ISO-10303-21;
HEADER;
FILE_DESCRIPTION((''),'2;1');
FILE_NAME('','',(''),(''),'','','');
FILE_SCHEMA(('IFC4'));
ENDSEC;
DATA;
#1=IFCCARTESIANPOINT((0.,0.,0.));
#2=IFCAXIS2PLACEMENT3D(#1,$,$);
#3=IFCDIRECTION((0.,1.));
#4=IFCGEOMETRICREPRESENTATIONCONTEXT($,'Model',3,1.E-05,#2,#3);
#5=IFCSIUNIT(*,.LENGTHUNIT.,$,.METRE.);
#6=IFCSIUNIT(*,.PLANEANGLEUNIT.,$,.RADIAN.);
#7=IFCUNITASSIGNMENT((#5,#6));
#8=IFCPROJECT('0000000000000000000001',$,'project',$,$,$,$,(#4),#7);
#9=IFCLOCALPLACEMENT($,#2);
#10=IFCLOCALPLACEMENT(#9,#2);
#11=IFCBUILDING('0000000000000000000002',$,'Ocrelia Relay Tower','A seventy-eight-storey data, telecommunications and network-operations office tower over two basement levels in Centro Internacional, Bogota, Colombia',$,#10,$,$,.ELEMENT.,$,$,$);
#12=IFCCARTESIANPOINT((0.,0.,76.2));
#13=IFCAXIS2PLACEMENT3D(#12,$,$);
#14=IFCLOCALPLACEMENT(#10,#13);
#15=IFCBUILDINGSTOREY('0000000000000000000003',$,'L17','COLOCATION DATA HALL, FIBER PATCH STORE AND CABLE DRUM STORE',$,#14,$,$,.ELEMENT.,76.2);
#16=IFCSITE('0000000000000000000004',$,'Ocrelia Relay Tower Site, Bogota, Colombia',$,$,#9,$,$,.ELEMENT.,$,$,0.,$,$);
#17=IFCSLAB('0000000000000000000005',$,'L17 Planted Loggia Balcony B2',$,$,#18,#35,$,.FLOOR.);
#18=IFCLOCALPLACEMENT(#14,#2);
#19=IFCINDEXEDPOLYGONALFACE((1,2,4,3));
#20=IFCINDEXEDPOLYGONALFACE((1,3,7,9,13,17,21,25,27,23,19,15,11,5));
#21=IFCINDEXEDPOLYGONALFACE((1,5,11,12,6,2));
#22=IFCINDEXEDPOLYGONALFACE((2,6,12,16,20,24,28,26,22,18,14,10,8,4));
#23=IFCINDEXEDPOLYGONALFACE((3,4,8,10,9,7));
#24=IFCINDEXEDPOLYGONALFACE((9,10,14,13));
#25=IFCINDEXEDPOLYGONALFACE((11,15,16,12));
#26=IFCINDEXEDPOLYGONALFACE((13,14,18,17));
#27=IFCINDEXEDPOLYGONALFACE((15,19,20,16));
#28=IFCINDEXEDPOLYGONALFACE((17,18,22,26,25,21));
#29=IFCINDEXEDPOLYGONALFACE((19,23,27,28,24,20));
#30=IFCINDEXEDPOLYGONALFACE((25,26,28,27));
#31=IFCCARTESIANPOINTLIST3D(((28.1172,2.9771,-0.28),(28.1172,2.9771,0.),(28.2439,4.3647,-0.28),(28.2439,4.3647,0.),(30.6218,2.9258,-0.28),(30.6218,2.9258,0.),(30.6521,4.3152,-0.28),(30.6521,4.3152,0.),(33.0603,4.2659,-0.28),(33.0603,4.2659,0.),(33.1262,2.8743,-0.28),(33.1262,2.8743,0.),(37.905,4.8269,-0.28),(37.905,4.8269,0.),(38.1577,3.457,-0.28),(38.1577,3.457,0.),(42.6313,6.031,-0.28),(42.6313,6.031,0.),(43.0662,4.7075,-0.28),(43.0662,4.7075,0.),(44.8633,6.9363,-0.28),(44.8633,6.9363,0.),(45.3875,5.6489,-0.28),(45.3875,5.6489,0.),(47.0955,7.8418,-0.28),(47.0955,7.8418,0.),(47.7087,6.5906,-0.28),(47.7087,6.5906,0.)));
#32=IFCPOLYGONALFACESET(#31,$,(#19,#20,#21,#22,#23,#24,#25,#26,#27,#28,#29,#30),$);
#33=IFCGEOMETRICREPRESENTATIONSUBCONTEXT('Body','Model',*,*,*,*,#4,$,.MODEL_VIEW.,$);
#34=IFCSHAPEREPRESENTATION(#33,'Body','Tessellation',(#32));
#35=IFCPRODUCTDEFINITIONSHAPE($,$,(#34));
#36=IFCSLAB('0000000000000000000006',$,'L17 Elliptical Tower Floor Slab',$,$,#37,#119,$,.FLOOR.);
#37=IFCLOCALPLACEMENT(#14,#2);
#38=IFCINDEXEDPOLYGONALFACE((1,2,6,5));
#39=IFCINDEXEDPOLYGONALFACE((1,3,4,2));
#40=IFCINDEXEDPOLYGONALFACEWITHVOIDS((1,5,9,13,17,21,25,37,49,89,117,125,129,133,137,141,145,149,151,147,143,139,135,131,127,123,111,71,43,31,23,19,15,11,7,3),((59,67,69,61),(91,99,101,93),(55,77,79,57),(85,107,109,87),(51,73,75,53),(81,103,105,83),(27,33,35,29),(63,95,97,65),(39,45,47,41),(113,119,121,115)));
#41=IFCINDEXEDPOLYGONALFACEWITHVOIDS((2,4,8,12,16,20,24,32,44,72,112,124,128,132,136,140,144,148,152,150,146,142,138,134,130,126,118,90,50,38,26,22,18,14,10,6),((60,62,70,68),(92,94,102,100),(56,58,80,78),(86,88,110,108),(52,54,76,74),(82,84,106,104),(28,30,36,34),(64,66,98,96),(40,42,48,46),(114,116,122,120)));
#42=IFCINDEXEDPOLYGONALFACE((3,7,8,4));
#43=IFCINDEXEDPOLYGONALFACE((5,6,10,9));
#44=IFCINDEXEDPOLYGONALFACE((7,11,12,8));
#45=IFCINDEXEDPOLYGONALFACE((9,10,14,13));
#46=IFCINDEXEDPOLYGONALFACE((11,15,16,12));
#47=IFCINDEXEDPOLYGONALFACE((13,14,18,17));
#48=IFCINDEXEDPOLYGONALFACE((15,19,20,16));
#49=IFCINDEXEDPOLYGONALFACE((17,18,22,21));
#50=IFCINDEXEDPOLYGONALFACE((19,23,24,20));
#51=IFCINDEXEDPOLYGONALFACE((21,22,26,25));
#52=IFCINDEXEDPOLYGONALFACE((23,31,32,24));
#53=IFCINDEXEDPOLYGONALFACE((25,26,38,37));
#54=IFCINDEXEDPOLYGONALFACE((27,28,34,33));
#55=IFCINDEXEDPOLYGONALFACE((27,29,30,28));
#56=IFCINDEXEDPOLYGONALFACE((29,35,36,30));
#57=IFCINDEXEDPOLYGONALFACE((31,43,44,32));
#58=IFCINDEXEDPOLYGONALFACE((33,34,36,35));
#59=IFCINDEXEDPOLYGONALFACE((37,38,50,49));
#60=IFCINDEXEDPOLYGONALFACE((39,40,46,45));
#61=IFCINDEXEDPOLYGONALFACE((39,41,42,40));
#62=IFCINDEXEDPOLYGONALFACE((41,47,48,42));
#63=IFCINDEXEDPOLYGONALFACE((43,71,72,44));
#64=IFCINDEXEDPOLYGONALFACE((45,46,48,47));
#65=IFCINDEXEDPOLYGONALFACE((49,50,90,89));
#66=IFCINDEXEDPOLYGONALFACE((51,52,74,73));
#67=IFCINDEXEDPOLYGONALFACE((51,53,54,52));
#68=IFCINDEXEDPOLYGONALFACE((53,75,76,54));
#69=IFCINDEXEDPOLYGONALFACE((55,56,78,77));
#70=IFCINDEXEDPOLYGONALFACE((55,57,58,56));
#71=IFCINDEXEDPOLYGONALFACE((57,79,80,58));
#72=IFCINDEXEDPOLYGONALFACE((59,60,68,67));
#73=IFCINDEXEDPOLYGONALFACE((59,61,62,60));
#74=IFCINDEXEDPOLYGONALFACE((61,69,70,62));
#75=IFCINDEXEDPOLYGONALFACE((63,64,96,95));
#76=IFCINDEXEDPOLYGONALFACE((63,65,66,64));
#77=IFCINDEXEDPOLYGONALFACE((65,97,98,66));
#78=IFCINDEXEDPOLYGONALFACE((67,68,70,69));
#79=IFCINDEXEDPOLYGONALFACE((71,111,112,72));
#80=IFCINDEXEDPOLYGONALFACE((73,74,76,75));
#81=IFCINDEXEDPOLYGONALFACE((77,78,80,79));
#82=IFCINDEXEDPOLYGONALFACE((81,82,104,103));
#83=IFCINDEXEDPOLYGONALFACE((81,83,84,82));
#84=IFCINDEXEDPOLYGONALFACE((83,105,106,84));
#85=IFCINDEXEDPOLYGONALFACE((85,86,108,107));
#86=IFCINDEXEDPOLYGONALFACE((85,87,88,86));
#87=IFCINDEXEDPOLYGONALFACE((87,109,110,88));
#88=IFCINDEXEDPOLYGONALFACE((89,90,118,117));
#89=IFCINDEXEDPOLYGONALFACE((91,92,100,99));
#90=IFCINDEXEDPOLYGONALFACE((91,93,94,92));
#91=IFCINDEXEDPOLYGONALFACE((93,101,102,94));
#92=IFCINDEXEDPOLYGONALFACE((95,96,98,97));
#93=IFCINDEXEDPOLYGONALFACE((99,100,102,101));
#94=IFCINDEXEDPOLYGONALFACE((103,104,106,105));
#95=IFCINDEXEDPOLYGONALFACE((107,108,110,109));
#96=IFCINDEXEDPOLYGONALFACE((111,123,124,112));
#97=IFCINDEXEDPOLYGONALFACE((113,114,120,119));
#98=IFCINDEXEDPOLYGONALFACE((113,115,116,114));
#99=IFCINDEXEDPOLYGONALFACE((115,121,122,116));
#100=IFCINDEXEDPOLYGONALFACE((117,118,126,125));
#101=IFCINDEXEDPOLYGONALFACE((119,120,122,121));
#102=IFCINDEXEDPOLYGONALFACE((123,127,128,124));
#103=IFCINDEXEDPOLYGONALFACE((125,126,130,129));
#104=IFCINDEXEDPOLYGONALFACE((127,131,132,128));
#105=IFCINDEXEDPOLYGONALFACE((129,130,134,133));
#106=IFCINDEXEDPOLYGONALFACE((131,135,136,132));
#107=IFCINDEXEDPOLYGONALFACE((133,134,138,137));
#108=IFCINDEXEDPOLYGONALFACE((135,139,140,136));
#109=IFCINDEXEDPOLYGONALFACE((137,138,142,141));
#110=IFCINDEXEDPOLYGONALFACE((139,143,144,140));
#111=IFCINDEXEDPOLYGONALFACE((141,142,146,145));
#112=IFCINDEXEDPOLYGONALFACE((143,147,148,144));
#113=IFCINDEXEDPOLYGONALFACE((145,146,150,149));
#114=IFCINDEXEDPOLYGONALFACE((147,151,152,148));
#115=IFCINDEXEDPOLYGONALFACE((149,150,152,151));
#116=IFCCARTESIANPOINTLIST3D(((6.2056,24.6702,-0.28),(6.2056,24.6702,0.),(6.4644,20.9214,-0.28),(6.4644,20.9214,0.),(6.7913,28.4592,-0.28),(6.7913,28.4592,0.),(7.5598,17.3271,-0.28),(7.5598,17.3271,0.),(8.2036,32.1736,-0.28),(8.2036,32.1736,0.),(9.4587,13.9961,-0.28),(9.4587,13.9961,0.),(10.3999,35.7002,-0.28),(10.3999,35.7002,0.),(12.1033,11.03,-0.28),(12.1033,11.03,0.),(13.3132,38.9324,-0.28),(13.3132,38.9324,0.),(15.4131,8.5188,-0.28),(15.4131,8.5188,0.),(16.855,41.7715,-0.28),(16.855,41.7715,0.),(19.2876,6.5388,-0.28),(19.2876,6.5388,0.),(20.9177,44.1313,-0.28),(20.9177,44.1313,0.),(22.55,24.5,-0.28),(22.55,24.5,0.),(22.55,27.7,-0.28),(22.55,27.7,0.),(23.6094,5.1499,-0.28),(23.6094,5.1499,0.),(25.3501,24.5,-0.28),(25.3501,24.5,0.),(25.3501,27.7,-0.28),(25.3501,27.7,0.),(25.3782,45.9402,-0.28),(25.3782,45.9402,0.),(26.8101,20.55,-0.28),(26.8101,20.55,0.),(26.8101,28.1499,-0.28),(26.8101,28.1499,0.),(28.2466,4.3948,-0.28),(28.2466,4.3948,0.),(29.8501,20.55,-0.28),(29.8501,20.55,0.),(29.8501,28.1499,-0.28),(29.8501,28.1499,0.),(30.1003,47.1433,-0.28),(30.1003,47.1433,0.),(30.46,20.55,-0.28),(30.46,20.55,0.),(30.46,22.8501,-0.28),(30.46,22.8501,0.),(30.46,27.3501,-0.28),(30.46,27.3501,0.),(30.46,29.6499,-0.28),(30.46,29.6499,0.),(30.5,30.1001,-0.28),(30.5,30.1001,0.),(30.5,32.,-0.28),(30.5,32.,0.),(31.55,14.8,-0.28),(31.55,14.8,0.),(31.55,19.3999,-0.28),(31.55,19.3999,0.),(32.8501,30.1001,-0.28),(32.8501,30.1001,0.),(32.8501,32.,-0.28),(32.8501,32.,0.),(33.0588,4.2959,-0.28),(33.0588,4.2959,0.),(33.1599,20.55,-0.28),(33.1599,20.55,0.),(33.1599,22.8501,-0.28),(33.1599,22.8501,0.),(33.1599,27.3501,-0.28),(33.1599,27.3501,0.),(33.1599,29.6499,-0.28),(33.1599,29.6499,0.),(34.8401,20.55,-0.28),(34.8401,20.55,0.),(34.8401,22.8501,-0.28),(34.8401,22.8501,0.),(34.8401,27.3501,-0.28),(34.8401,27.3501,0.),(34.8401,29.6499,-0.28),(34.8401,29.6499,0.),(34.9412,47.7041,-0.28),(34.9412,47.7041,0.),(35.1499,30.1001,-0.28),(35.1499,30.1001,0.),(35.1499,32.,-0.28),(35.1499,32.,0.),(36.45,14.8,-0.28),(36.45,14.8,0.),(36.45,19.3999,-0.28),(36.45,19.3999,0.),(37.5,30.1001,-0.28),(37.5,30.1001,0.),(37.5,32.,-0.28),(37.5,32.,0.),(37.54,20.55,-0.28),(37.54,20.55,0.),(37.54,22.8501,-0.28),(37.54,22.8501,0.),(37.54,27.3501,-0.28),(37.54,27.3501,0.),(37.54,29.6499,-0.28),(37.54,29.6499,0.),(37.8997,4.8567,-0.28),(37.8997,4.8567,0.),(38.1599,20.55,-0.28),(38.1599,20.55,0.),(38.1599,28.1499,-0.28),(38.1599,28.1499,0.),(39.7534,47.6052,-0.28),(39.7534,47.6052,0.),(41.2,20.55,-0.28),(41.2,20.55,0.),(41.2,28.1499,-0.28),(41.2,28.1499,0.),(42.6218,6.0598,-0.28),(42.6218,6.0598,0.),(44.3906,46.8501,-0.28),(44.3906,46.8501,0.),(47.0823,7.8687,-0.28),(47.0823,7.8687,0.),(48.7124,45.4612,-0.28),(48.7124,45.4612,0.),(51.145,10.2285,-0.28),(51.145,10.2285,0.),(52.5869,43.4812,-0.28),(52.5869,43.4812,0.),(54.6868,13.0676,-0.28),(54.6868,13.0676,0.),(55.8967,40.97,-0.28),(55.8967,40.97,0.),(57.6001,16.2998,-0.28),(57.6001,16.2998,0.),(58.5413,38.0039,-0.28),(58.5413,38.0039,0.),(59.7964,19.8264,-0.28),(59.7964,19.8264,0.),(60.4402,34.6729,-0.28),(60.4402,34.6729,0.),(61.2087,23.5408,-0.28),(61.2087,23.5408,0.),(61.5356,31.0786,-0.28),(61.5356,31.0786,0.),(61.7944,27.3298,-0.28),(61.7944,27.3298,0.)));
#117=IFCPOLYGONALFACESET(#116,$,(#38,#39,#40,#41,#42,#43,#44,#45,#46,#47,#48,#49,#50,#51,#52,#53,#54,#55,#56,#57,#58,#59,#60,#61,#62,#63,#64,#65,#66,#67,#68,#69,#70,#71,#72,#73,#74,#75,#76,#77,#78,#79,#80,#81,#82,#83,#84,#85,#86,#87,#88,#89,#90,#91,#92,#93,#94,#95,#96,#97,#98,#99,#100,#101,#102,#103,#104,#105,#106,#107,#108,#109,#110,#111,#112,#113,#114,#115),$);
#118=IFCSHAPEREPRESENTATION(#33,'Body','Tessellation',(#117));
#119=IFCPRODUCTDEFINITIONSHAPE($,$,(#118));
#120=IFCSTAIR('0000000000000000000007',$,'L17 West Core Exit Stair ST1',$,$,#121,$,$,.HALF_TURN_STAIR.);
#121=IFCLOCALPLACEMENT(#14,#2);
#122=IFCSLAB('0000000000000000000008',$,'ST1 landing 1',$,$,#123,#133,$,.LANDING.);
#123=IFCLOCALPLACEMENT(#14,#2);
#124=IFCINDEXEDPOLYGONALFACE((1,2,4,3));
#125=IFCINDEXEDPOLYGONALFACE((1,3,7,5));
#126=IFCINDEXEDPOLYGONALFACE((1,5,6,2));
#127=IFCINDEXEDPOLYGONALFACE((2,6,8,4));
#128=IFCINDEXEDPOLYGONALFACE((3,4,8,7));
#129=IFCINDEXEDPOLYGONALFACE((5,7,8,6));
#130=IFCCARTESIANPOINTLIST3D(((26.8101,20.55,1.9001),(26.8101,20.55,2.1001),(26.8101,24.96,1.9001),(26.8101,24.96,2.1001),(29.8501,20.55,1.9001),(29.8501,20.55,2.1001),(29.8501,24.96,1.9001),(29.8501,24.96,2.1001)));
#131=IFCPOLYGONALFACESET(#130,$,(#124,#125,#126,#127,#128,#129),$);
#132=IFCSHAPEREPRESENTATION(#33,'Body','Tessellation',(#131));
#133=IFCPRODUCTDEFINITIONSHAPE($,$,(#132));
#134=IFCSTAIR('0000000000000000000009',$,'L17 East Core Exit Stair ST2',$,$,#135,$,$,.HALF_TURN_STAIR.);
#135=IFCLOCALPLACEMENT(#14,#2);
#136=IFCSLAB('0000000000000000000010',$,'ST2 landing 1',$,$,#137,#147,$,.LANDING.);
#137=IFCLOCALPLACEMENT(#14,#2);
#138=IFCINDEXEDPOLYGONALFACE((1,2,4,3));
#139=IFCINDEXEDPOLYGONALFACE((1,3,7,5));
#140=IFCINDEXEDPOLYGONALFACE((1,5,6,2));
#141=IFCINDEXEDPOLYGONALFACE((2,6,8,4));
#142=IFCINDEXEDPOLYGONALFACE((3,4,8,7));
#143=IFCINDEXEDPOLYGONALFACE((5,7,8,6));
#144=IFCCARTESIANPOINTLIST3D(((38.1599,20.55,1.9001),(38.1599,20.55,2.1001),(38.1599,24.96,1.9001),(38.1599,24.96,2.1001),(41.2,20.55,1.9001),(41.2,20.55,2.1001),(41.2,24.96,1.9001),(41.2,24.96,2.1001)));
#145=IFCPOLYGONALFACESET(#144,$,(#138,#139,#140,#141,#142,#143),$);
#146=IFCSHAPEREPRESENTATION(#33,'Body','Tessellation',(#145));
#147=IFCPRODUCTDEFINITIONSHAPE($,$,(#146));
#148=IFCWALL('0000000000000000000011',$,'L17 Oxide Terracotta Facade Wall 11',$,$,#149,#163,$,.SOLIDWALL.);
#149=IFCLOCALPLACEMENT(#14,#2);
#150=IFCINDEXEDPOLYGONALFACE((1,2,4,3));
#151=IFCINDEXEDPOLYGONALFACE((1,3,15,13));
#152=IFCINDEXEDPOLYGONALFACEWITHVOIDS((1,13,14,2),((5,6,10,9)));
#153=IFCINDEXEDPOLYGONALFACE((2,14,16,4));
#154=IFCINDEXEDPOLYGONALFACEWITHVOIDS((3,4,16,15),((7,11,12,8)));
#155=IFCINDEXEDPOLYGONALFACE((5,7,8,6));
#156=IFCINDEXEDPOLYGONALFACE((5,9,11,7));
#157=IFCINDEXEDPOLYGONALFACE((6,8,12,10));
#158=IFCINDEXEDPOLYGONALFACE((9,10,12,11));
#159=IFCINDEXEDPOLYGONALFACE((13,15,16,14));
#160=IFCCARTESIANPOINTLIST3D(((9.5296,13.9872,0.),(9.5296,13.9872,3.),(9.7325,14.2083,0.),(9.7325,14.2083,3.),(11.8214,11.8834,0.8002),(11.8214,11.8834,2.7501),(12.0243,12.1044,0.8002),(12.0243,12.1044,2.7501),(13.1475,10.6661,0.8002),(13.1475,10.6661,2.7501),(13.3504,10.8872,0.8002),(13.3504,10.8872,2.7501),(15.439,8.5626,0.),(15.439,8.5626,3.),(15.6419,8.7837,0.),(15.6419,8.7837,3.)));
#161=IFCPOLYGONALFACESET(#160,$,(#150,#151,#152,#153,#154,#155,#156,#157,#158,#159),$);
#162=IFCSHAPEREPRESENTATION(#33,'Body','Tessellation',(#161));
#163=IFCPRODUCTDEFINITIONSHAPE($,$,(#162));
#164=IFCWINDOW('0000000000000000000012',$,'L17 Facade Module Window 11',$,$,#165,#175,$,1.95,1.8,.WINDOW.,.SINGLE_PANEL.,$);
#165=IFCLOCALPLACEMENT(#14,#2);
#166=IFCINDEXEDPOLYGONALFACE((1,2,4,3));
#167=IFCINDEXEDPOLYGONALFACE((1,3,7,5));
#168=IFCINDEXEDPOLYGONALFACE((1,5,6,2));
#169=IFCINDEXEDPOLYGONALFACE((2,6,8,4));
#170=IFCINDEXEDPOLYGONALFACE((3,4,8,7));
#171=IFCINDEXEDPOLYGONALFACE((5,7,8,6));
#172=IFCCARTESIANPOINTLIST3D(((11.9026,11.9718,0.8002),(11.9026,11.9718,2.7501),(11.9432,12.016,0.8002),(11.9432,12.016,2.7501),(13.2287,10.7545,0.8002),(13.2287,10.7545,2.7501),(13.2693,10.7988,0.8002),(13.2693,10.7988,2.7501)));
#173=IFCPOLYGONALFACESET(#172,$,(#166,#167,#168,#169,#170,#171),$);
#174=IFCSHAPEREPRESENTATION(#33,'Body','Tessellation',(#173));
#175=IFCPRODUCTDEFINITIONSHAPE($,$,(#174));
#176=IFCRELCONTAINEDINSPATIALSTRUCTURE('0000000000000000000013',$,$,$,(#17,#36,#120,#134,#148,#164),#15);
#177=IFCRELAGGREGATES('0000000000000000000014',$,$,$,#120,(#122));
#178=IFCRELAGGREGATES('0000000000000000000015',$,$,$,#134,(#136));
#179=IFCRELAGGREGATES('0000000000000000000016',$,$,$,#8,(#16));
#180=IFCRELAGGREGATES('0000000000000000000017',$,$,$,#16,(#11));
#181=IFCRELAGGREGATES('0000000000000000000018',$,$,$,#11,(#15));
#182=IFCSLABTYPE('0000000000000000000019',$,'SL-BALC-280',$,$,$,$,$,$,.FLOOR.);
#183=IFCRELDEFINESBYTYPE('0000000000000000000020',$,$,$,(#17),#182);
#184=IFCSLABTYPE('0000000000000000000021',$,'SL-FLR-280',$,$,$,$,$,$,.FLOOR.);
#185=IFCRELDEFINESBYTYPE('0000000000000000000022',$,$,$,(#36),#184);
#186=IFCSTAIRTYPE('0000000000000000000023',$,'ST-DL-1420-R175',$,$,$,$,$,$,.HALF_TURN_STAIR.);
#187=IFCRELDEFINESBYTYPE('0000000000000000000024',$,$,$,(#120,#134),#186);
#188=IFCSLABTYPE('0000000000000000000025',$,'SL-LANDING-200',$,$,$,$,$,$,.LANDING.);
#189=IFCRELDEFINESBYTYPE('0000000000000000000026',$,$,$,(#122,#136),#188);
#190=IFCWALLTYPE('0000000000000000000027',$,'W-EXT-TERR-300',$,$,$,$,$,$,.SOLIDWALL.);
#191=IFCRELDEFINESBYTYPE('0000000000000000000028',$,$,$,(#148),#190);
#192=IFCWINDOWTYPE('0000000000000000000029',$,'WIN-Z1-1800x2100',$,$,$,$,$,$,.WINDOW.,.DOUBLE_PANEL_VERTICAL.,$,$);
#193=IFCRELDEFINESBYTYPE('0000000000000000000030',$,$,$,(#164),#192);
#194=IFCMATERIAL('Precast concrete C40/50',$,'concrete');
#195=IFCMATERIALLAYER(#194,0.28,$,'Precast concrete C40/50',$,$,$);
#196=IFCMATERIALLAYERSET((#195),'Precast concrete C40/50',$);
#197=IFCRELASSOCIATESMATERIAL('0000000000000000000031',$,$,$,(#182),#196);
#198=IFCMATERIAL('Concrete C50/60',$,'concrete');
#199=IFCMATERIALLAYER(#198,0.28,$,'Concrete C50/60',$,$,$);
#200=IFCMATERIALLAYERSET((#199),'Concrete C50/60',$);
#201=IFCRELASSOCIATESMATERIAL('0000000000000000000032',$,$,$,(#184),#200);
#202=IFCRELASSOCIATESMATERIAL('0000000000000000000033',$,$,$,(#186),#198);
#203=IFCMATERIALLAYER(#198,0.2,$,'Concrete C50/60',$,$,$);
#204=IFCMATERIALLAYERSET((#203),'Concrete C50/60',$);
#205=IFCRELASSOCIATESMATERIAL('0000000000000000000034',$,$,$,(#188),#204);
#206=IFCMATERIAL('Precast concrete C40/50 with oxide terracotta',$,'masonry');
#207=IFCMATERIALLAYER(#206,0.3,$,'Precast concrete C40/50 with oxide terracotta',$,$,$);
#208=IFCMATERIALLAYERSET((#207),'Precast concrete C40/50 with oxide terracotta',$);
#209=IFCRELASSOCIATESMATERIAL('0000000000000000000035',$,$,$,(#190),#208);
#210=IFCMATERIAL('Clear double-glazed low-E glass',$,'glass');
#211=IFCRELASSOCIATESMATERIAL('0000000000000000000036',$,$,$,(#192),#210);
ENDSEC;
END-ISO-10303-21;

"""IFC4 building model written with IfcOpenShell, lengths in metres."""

from ifc_helpers import new_model, si_unit, direction, frame, frame_2d, origin, place, context, subcontext, project, spatial, polyline, rectangle, outline, extrude, material, layer, layer_set, type_object, element, fill, aggregate, save


model = new_model("IFC4")

# Units and contexts
model_context = context("Model", 3, precision=1e-05, world=origin(), true_north=direction((0.0, 1.0)))
body_context = subcontext(model_context, "Body", "Model", "MODEL_VIEW")
ifc_project = project(units=[si_unit("LENGTHUNIT", "METRE"), si_unit("PLANEANGLEUNIT", "RADIAN")], contexts=[model_context])

# Site, building, storey
site_placement = place(None, origin())
site = spatial("IfcSite", under=ifc_project, at=site_placement, Name="Ocrelia Relay Tower Site, Bogota, Colombia", CompositionType="ELEMENT", RefElevation=0.0)
building_placement = place(site_placement, origin())
building = spatial("IfcBuilding", under=site, at=building_placement, Name="Ocrelia Relay Tower", Description="A seventy-eight-storey data, telecommunications and network-operations office tower over two basement levels in Centro Internacional, Bogota, Colombia", CompositionType="ELEMENT")
storey_placement = place(building_placement, frame((0.0, 0.0, 76.2)))
storey = spatial("IfcBuildingStorey", under=building, at=storey_placement, Name="L17", Description="COLOCATION DATA HALL, FIBER PATCH STORE AND CABLE DRUM STORE", CompositionType="ELEMENT", Elevation=76.2)

# Shared definitions
ifc_material_1 = material(Name="Clear double-glazed low-E glass", Category="glass")

# Slabs
ifc_material_2 = material(Name="Precast concrete C40/50", Category="concrete")
ifc_layer_1 = layer(ifc_material_2, 0.28, Name="Precast concrete C40/50")
ifc_layer_set_1 = layer_set([ifc_layer_1], Name="Precast concrete C40/50")
slab_type_1 = type_object("IfcSlabType", Name="SL-BALC-280", PredefinedType="FLOOR", material=ifc_layer_set_1)
slab_1_placement = place(storey_placement, frame((0.0, 0.0, -0.28)))
element("IfcSlab", 1, at=slab_1_placement, inside=storey, type_object=slab_type_1, Name="L17 Planted Loggia Balcony B2", PredefinedType="FLOOR", context=body_context, shape_type="SweptSolid", body=[
    extrude(outline(polyline([(28.2439, 4.3647), (30.6521, 4.3152), (33.0603, 4.2659), (37.905, 4.8269), (42.6313, 6.031), (44.8633, 6.9363), (47.0955, 7.8418), (47.7087, 6.5906), (45.3875, 5.6489), (43.0662, 4.7075), (38.1577, 3.457), (33.1262, 2.8743), (30.6218, 2.9258), (28.1172, 2.9771), (28.2439, 4.3647)])), origin(), (0.0, 0.0, 1.0), 0.28),
])
ifc_material_3 = material(Name="Concrete C50/60", Category="concrete")
ifc_layer_2 = layer(ifc_material_3, 0.28, Name="Concrete C50/60")
ifc_layer_set_2 = layer_set([ifc_layer_2], Name="Concrete C50/60")
slab_type_2 = type_object("IfcSlabType", Name="SL-FLR-280", PredefinedType="FLOOR", material=ifc_layer_set_2)
slab_2_placement = place(storey_placement, frame((0.0, 0.0, -0.28)))
element("IfcSlab", 2, at=slab_2_placement, inside=storey, type_object=slab_type_2, Name="L17 Elliptical Tower Floor Slab", PredefinedType="FLOOR", context=body_context, shape_type="SweptSolid", body=[
    extrude(outline(polyline([(61.5356, 31.0786), (60.4402, 34.6729), (58.5413, 38.0039), (55.8967, 40.97), (52.5869, 43.4812), (48.7124, 45.4612), (44.3906, 46.8501), (39.7534, 47.6052), (34.9412, 47.7041), (30.1003, 47.1433), (25.3782, 45.9402), (20.9177, 44.1313), (16.855, 41.7715), (13.3132, 38.9324), (10.3999, 35.7002), (8.2036, 32.1736), (6.7913, 28.4592), (6.2056, 24.6702), (6.4644, 20.9214), (7.5598, 17.3271), (9.4587, 13.9961), (12.1033, 11.03), (15.4131, 8.5188), (19.2876, 6.5388), (23.6094, 5.1499), (28.2466, 4.3948), (33.0588, 4.2959), (37.8997, 4.8567), (42.6218, 6.0598), (47.0823, 7.8687), (51.145, 10.2285), (54.6868, 13.0676), (57.6001, 16.2998), (59.7964, 19.8264), (61.2087, 23.5408), (61.7944, 27.3298), (61.5356, 31.0786)]), holes=[polyline([(26.8101, 28.1499), (26.8101, 20.55), (29.8501, 20.55), (29.8501, 28.1499), (26.8101, 28.1499)]), polyline([(38.1599, 28.1499), (38.1599, 20.55), (41.2, 20.55), (41.2, 28.1499), (38.1599, 28.1499)]), polyline([(30.46, 20.55), (33.1599, 20.55), (33.1599, 22.8501), (30.46, 22.8501), (30.46, 20.55)]), polyline([(34.8401, 20.55), (37.54, 20.55), (37.54, 22.8501), (34.8401, 22.8501), (34.8401, 20.55)]), polyline([(30.46, 27.3501), (33.1599, 27.3501), (33.1599, 29.6499), (30.46, 29.6499), (30.46, 27.3501)]), polyline([(34.8401, 27.3501), (37.54, 27.3501), (37.54, 29.6499), (34.8401, 29.6499), (34.8401, 27.3501)]), polyline([(30.5, 30.1001), (32.8501, 30.1001), (32.8501, 32.0), (30.5, 32.0), (30.5, 30.1001)]), polyline([(35.1499, 30.1001), (37.5, 30.1001), (37.5, 32.0), (35.1499, 32.0), (35.1499, 30.1001)]), polyline([(22.55, 24.5), (25.3501, 24.5), (25.3501, 27.7), (22.55, 27.7), (22.55, 24.5)]), polyline([(31.55, 14.8), (36.45, 14.8), (36.45, 19.3999), (31.55, 19.3999), (31.55, 14.8)])]), origin(), (0.0, 0.0, 1.0), 0.28),
])

# Stairs, slabs
stair_type = type_object("IfcStairType", Name="ST-DL-1420-R175", PredefinedType="HALF_TURN_STAIR", material=ifc_material_3)
stair_1_placement = place(storey_placement, origin())
stair_1 = element("IfcStair", 3, at=stair_1_placement, inside=storey, type_object=stair_type, Name="L17 West Core Exit Stair ST1", PredefinedType="HALF_TURN_STAIR")
ifc_layer_3 = layer(ifc_material_3, 0.2, Name="Concrete C50/60")
ifc_layer_set_3 = layer_set([ifc_layer_3], Name="Concrete C50/60")
slab_type_3 = type_object("IfcSlabType", Name="SL-LANDING-200", PredefinedType="LANDING", material=ifc_layer_set_3)
slab_3_placement = place(storey_placement, frame((0.0, 0.0, 1.9001)))
slab_3 = element("IfcSlab", 4, at=slab_3_placement, type_object=slab_type_3, Name="ST1 landing 1", PredefinedType="LANDING", context=body_context, shape_type="SweptSolid", body=[
    extrude(outline(polyline([(26.8101, 24.96), (26.8101, 20.55), (29.8501, 20.55), (29.8501, 24.96), (26.8101, 24.96)])), origin(), (0.0, 0.0, 1.0), 0.2),
])
aggregate(stair_1, [slab_3])
stair_2_placement = place(storey_placement, origin())
stair_2 = element("IfcStair", 5, at=stair_2_placement, inside=storey, type_object=stair_type, Name="L17 East Core Exit Stair ST2", PredefinedType="HALF_TURN_STAIR")
slab_4_placement = place(storey_placement, frame((0.0, 0.0, 1.9001)))
slab_4 = element("IfcSlab", 6, at=slab_4_placement, type_object=slab_type_3, Name="ST2 landing 1", PredefinedType="LANDING", context=body_context, shape_type="SweptSolid", body=[
    extrude(outline(polyline([(38.1599, 24.96), (38.1599, 20.55), (41.2, 20.55), (41.2, 24.96), (38.1599, 24.96)])), origin(), (0.0, 0.0, 1.0), 0.2),
])
aggregate(stair_2, [slab_4])

# Wall, opening, window
ifc_material_4 = material(Name="Precast concrete C40/50 with oxide terracotta", Category="masonry")
ifc_layer_4 = layer(ifc_material_4, 0.3, Name="Precast concrete C40/50 with oxide terracotta")
ifc_layer_set_4 = layer_set([ifc_layer_4], Name="Precast concrete C40/50 with oxide terracotta")
wall_type = type_object("IfcWallType", Name="W-EXT-TERR-300", PredefinedType="SOLIDWALL", material=ifc_layer_set_4)
wall_placement = place(storey_placement, frame((9.6311, 14.0977, 0.0), z_axis=(0.0, 0.0, 1.0), x_axis=(0.736683, -0.676239, 0.0)))
wall = element("IfcWall", 7, at=wall_placement, inside=storey, type_object=wall_type, Name="L17 Oxide Terracotta Facade Wall 11", PredefinedType="SOLIDWALL", context=body_context, shape_type="SweptSolid", body=[
    extrude(rectangle(XDim=8.0217, YDim=0.3, at=frame_2d((4.0107, 0.0))), origin(), (0.0, 0.0, 1.0), 3.0),
])
opening_placement = place(wall_placement, frame((3.1111, 0.0, 0.8)))
opening = element("IfcOpeningElement", 8, at=opening_placement, cuts=wall, PredefinedType="OPENING", context=body_context, shape_type="SweptSolid", body=[
    extrude(rectangle(XDim=1.8, YDim=1.95, at=frame_2d((0.8999, 0.9751))), frame((0.0, 0.1602, 0.0), z_axis=(0.0, -1.0, 0.0), x_axis=(1.0, 0.0, 0.0)), (0.0, 0.0, 1.0), 0.3201),
])
window_type = type_object("IfcWindowType", Name="WIN-Z1-1800x2100", PartitioningType="DOUBLE_PANEL_VERTICAL", PredefinedType="WINDOW", material=ifc_material_1)
window_placement = place(opening_placement, origin())
window = element("IfcWindow", 9, at=window_placement, inside=storey, type_object=window_type, Name="L17 Facade Module Window 11", OverallHeight=1.95, OverallWidth=1.8, PartitioningType="SINGLE_PANEL", PredefinedType="WINDOW", context=body_context, shape_type="SweptSolid", body=[
    extrude(rectangle(XDim=1.8, YDim=1.95, at=frame_2d((0.8999, 0.9751))), frame((0.0, 0.03, 0.0), z_axis=(0.0, -1.0, 0.0), x_axis=(1.0, 0.0, 0.0)), (0.0, 0.0, 1.0), 0.0601),
])
fill(opening, window)

save(model, "model.ifc")
